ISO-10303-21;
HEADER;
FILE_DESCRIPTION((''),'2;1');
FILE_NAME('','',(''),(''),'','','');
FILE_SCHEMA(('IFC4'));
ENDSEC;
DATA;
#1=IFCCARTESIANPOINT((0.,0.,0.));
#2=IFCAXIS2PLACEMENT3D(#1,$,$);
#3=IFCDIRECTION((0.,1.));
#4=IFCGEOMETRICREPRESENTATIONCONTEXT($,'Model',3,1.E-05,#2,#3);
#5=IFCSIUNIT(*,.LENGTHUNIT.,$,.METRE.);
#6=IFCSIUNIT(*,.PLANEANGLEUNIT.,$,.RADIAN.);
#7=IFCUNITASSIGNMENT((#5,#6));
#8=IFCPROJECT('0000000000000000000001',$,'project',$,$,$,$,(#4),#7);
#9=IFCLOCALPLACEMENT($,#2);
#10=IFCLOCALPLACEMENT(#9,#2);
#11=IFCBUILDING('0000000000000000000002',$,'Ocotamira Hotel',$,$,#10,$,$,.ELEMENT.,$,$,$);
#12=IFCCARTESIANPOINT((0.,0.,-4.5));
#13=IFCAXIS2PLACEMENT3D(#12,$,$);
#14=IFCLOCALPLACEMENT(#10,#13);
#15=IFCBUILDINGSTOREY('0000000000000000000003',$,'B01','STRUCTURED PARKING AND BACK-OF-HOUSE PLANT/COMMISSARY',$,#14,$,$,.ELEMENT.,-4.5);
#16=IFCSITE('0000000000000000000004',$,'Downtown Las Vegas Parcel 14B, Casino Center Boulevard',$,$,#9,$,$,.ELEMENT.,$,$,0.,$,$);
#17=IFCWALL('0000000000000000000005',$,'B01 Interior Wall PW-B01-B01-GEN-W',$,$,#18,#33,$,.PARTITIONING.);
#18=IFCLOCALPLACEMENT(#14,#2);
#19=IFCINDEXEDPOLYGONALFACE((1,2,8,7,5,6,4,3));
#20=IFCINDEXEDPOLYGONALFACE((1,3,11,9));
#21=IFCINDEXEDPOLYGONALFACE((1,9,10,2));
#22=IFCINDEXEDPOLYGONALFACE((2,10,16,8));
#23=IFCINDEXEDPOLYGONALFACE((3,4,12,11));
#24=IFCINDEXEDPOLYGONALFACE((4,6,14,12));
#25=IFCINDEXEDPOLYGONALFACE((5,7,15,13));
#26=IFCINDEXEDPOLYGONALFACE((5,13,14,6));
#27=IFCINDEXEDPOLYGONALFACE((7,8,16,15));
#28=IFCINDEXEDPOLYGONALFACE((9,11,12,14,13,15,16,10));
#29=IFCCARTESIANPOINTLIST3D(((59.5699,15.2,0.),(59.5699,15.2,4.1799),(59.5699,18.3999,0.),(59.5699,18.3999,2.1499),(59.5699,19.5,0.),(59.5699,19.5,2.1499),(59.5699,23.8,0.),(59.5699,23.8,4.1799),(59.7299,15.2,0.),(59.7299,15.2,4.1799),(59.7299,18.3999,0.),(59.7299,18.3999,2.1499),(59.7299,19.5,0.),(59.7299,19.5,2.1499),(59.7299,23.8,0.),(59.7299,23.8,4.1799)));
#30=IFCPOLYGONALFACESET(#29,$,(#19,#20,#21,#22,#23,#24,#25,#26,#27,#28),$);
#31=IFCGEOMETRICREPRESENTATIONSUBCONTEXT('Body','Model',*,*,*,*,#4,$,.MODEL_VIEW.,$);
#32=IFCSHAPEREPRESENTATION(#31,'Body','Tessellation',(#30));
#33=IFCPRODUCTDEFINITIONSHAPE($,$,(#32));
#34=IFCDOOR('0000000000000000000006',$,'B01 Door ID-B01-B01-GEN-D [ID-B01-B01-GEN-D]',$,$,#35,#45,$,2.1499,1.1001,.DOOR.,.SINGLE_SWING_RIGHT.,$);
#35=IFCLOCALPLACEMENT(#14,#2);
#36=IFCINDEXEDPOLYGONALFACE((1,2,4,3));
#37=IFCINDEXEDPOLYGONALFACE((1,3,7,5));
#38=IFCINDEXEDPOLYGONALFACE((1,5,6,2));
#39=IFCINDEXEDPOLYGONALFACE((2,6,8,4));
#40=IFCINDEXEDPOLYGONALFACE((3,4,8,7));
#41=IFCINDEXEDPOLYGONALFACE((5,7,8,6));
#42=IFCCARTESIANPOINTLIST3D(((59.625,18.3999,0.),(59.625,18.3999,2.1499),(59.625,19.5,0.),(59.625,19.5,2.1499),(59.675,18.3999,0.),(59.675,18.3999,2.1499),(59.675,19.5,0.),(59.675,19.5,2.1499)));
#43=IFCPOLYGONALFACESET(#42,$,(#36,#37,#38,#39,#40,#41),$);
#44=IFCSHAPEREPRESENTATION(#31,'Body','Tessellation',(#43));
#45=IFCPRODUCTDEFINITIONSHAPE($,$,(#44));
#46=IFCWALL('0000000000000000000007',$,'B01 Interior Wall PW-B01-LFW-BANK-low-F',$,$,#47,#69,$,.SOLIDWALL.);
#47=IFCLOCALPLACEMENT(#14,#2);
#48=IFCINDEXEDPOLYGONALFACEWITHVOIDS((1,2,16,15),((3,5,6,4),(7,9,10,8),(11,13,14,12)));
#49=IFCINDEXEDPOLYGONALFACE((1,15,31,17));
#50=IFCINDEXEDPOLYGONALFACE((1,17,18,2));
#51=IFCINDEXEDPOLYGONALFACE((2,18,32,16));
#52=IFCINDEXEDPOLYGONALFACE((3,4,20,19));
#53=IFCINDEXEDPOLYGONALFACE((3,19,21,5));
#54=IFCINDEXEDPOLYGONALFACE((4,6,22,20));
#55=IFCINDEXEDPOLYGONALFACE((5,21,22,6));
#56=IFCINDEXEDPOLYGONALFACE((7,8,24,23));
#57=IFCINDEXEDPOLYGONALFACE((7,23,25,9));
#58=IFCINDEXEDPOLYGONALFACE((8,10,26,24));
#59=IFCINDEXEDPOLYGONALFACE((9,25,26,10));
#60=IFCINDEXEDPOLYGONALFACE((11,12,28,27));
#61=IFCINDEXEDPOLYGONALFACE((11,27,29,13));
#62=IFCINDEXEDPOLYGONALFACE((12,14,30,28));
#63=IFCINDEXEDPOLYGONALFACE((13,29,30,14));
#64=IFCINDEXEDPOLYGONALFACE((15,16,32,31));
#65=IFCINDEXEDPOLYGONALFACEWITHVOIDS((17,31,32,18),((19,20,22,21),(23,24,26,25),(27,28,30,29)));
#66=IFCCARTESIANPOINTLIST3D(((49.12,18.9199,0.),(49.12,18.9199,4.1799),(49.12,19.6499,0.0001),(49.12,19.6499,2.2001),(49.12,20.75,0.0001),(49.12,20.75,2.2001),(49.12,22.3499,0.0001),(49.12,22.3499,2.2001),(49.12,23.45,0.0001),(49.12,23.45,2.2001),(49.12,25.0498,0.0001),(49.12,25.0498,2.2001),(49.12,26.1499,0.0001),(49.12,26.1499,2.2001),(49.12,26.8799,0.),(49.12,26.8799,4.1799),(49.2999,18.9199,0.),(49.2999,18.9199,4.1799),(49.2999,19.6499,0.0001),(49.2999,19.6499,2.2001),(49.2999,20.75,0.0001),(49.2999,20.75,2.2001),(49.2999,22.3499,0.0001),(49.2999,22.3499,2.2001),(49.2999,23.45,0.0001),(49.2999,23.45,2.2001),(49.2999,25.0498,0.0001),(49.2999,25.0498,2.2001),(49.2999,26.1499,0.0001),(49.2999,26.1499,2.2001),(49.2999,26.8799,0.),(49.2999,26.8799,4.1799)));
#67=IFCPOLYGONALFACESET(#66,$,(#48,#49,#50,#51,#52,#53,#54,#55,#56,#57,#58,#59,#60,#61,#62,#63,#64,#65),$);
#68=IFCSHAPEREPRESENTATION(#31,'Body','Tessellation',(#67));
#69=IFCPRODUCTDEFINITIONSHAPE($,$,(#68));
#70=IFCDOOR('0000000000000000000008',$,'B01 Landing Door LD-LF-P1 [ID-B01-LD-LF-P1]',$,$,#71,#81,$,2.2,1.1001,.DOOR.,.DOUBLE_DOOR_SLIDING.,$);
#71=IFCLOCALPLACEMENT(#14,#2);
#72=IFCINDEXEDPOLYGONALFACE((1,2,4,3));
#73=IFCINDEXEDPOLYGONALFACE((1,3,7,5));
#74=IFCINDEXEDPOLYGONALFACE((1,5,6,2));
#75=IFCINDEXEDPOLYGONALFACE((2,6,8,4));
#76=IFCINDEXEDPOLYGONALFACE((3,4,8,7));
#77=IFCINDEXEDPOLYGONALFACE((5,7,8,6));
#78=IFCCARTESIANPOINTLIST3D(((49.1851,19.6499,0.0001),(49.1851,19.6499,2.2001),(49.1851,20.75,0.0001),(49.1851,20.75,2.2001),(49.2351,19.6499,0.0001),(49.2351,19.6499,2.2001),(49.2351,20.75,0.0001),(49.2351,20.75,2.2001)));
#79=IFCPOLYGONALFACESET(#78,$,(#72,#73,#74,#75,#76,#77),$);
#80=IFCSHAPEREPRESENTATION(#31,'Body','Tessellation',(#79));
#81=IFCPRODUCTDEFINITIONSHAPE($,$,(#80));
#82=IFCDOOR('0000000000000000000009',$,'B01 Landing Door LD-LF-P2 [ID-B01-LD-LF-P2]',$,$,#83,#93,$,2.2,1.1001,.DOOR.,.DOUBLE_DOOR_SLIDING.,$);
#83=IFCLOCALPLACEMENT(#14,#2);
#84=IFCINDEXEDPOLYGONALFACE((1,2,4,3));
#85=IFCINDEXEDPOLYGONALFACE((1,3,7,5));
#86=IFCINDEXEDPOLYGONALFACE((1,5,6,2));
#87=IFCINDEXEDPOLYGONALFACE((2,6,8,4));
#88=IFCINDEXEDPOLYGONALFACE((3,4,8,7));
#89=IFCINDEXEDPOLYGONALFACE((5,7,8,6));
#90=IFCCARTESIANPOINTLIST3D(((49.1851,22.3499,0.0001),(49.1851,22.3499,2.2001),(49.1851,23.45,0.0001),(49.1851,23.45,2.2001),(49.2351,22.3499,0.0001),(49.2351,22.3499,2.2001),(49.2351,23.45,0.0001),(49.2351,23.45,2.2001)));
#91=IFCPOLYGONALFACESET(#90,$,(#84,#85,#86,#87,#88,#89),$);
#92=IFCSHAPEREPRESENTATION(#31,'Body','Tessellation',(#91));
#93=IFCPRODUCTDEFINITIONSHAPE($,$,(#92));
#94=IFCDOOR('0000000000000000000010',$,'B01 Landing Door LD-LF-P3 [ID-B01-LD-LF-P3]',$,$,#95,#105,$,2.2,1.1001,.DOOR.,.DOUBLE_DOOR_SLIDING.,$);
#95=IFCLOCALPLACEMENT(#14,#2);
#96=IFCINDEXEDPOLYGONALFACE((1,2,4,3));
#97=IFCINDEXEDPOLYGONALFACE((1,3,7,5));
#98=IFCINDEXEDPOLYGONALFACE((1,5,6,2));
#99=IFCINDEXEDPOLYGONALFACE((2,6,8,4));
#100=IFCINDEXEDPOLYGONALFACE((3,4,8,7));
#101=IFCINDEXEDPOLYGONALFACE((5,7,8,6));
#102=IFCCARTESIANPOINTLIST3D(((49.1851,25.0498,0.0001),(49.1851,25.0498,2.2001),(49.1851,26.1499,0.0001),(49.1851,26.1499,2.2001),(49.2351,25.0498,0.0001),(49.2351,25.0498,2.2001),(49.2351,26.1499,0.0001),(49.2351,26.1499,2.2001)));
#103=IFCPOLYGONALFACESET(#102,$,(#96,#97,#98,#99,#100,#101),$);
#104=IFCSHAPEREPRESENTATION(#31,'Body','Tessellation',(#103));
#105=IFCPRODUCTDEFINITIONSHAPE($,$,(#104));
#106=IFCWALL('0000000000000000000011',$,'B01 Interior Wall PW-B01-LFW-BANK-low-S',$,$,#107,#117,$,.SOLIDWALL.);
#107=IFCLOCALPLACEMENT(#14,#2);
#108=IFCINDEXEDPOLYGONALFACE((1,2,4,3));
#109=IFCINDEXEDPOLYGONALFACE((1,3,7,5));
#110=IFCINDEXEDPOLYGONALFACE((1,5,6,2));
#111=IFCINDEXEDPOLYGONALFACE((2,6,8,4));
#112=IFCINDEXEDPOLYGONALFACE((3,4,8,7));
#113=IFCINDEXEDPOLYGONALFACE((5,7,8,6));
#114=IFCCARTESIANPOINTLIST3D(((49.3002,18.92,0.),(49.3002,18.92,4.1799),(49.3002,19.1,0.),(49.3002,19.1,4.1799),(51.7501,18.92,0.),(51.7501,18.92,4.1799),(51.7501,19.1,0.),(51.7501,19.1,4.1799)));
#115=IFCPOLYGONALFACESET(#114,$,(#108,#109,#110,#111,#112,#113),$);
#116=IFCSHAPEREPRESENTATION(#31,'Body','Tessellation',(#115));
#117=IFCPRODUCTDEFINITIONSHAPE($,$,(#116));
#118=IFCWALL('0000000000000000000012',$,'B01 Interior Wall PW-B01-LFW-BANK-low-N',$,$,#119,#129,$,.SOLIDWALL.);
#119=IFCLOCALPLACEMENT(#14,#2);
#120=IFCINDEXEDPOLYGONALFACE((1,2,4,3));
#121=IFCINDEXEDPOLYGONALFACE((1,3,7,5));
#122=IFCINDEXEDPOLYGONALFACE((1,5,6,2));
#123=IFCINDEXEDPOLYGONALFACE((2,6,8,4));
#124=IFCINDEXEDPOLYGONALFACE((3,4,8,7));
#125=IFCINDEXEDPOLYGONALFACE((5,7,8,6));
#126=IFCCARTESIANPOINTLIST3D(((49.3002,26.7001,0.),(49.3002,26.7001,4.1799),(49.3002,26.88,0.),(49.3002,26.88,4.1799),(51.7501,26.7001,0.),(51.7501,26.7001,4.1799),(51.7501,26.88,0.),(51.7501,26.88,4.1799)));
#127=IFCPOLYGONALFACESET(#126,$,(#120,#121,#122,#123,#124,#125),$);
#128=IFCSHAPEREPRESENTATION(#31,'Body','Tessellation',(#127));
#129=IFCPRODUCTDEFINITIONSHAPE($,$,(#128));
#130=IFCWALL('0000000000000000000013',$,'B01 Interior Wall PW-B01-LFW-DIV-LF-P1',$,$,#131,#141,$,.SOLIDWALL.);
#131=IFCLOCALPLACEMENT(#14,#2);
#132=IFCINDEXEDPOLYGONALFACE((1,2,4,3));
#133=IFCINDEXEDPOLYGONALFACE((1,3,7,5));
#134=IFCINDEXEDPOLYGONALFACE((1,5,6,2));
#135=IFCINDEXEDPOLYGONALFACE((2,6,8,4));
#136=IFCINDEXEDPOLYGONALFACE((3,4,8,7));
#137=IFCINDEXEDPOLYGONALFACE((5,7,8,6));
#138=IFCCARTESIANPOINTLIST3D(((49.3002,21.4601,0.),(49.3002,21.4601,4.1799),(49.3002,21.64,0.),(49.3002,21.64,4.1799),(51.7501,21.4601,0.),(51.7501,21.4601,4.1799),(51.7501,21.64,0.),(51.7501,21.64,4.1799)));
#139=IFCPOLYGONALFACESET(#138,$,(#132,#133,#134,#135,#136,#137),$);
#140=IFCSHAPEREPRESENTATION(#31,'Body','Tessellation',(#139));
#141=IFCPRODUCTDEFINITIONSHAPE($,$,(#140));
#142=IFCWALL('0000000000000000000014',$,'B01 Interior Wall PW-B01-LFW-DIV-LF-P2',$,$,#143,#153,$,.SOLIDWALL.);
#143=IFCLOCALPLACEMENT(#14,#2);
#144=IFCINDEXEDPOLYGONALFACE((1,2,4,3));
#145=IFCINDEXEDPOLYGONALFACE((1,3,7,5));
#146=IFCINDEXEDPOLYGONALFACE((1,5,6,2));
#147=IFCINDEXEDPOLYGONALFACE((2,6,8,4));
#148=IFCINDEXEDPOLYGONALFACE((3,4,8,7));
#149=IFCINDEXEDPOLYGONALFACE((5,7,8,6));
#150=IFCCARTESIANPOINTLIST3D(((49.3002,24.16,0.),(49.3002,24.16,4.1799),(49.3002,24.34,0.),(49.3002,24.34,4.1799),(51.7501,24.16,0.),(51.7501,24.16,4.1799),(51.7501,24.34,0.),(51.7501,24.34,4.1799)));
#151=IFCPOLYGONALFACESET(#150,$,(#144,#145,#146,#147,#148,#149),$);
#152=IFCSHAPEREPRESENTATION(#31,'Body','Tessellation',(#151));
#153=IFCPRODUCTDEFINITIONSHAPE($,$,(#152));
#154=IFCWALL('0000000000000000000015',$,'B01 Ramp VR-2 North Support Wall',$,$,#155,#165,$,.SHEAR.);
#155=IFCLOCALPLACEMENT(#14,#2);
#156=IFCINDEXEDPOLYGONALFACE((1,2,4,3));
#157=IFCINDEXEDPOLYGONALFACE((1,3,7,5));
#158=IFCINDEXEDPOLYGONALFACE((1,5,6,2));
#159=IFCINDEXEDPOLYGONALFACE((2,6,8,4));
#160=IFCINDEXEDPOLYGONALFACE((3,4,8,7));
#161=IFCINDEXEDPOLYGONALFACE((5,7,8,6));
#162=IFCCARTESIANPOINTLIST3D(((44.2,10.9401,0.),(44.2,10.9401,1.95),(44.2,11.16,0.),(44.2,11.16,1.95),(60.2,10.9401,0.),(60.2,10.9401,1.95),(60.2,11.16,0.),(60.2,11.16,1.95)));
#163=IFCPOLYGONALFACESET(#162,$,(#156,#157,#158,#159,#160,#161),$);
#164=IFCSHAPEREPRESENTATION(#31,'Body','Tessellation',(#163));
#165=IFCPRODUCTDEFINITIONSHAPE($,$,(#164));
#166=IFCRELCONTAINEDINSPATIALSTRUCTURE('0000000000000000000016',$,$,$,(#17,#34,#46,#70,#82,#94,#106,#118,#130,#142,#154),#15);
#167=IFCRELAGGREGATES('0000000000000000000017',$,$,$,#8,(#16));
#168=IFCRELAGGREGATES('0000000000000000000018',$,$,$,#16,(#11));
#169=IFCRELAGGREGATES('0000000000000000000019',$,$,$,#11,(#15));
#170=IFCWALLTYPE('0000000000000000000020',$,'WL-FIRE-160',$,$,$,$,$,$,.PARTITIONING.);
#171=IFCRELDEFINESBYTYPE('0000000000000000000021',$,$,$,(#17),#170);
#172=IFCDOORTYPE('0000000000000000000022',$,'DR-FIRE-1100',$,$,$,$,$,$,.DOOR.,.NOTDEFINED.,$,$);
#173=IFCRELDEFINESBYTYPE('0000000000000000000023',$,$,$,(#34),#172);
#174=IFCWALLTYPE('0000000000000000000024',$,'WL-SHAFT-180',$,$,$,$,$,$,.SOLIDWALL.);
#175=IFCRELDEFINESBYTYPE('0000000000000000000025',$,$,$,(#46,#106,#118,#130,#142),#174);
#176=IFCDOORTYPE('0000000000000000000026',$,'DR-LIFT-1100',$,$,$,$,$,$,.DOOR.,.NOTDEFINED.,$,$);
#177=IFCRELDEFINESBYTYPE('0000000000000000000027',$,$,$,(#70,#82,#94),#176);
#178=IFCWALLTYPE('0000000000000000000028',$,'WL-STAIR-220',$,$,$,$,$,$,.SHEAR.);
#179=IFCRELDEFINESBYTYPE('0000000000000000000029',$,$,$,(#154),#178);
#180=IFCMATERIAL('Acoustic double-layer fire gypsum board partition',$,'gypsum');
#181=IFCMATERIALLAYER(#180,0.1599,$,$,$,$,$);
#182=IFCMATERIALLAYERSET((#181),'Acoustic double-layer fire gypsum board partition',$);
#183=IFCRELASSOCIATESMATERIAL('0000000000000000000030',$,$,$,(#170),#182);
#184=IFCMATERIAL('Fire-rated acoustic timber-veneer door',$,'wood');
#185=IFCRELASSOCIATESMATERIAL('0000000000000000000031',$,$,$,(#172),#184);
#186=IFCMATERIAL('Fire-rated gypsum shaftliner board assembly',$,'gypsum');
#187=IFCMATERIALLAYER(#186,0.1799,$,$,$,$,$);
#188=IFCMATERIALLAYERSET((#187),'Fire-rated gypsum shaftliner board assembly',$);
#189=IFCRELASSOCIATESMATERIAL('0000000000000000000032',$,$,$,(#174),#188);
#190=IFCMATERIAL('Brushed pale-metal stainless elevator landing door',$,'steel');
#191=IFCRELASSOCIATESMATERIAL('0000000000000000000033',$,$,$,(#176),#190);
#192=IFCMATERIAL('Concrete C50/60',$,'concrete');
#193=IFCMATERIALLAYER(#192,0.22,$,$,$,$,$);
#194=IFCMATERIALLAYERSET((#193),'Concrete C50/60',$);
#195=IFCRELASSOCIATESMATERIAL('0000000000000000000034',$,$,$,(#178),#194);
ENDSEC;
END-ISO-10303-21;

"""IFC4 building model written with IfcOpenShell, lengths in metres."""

from ifc_helpers import new_model, si_unit, direction, frame, frame_2d, origin, place, context, subcontext, project, spatial, rectangle, extrude, source, transform, mapped, material, layer, layer_set, type_object, element, fill, save


model = new_model("IFC4")

# Units and contexts
model_context = context("Model", 3, precision=1e-05, world=origin(), true_north=direction((0.0, 1.0)))
body_context = subcontext(model_context, "Body", "Model", "MODEL_VIEW")
ifc_project = project(units=[si_unit("LENGTHUNIT", "METRE"), si_unit("PLANEANGLEUNIT", "RADIAN")], contexts=[model_context])

# Site, building, storey
site_placement = place(None, origin())
site = spatial("IfcSite", under=ifc_project, at=site_placement, Name="Downtown Las Vegas Parcel 14B, Casino Center Boulevard", CompositionType="ELEMENT", RefElevation=0.0)
building_placement = place(site_placement, origin())
building = spatial("IfcBuilding", under=site, at=building_placement, Name="Ocotamira Hotel", CompositionType="ELEMENT")
storey_placement = place(building_placement, frame((0.0, 0.0, -4.5)))
storey = spatial("IfcBuildingStorey", under=building, at=storey_placement, Name="B01", Description="STRUCTURED PARKING AND BACK-OF-HOUSE PLANT/COMMISSARY", CompositionType="ELEMENT", Elevation=-4.5)

# Shared definitions
ifc_material_1 = material(Name="Acoustic double-layer fire gypsum board partition", Category="gypsum")
ifc_layer_1 = layer(ifc_material_1, 0.1599)
ifc_layer_set_1 = layer_set([ifc_layer_1], Name="Acoustic double-layer fire gypsum board partition")
wall_type_1 = type_object("IfcWallType", Name="WL-FIRE-160", PredefinedType="PARTITIONING", material=ifc_layer_set_1)

# Wall, opening, door
wall_1_placement = place(storey_placement, frame((59.6499, 15.2, 0.0), z_axis=(0.0, 0.0, 1.0), x_axis=(0.0, 1.0, 0.0)))
wall_1 = element("IfcWall", 1, at=wall_1_placement, inside=storey, type_object=wall_type_1, Name="B01 Interior Wall PW-B01-B01-GEN-W", PredefinedType="PARTITIONING", context=body_context, shape_type="SweptSolid", body=[
    extrude(rectangle(XDim=8.6001, YDim=0.1599, at=frame_2d((4.3, 0.0))), origin(), (0.0, 0.0, 1.0), 4.1799),
])
opening_1_placement = place(wall_1_placement, frame((3.2, 0.0, 0.0)))
opening_1 = element("IfcOpeningElement", 2, at=opening_1_placement, cuts=wall_1, PredefinedType="OPENING", context=body_context, shape_type="SweptSolid", body=[
    extrude(rectangle(XDim=1.1001, YDim=2.1499, at=frame_2d((0.55, 1.075))), frame((0.0, 0.0898, 0.0), z_axis=(0.0, -1.0, 0.0), x_axis=(1.0, 0.0, 0.0)), (0.0, 0.0, 1.0), 0.1799),
])
ifc_material_2 = material(Name="Fire-rated acoustic timber-veneer door", Category="wood")
door_type_1 = type_object("IfcDoorType", Name="DR-FIRE-1100", OperationType="NOTDEFINED", PredefinedType="DOOR", material=ifc_material_2)
shared_shape_1 = source(origin(), body_context, "Body", "SweptSolid", [
    extrude(rectangle(XDim=1.1001, YDim=2.1499, at=frame_2d((0.55, 1.075))), frame((0.0, 0.0249, 0.0), z_axis=(0.0, -1.0, 0.0), x_axis=(1.0, 0.0, 0.0)), (0.0, 0.0, 1.0), 0.05),
])
door_1_placement = place(opening_1_placement, origin())
door_1 = element("IfcDoor", 3, at=door_1_placement, inside=storey, type_object=door_type_1, Name="B01 Door ID-B01-B01-GEN-D [ID-B01-B01-GEN-D]", OperationType="SINGLE_SWING_RIGHT", OverallHeight=2.1499, OverallWidth=1.1001, PredefinedType="DOOR", context=body_context, shape_type="MappedRepresentation", body=[
    mapped(shared_shape_1, transform((0.0, 0.0, 0.0), scale=1.0)),
])
fill(opening_1, door_1)

# Wall, openings, doors
ifc_material_3 = material(Name="Fire-rated gypsum shaftliner board assembly", Category="gypsum")
ifc_layer_2 = layer(ifc_material_3, 0.1799)
ifc_layer_set_2 = layer_set([ifc_layer_2], Name="Fire-rated gypsum shaftliner board assembly")
wall_type_2 = type_object("IfcWallType", Name="WL-SHAFT-180", PredefinedType="SOLIDWALL", material=ifc_layer_set_2)
wall_2_placement = place(storey_placement, frame((49.21, 18.9199, 0.0), z_axis=(0.0, 0.0, 1.0), x_axis=(0.0, 1.0, 0.0)))
wall_2 = element("IfcWall", 4, at=wall_2_placement, inside=storey, type_object=wall_type_2, Name="B01 Interior Wall PW-B01-LFW-BANK-low-F", PredefinedType="SOLIDWALL", context=body_context, shape_type="SweptSolid", body=[
    extrude(rectangle(XDim=7.96, YDim=0.1799, at=frame_2d((3.98, 0.0))), origin(), (0.0, 0.0, 1.0), 4.1799),
])
opening_2_placement = place(wall_2_placement, frame((0.73, 0.0, 0.0)))
opening_2 = element("IfcOpeningElement", 5, at=opening_2_placement, cuts=wall_2, PredefinedType="OPENING", context=body_context, shape_type="SweptSolid", body=[
    extrude(rectangle(XDim=1.1001, YDim=2.2, at=frame_2d((0.55, 1.1001))), frame((0.0, 0.1001, 0.0), z_axis=(0.0, -1.0, 0.0), x_axis=(1.0, 0.0, 0.0)), (0.0, 0.0, 1.0), 0.2),
])
opening_3_placement = place(wall_2_placement, frame((3.4299, 0.0, 0.0)))
opening_3 = element("IfcOpeningElement", 6, at=opening_3_placement, cuts=wall_2, PredefinedType="OPENING", context=body_context, shape_type="SweptSolid", body=[
    extrude(rectangle(XDim=1.1001, YDim=2.2, at=frame_2d((0.55, 1.1001))), frame((0.0, 0.1001, 0.0), z_axis=(0.0, -1.0, 0.0), x_axis=(1.0, 0.0, 0.0)), (0.0, 0.0, 1.0), 0.2),
])
opening_4_placement = place(wall_2_placement, frame((6.1299, 0.0, 0.0)))
opening_4 = element("IfcOpeningElement", 7, at=opening_4_placement, cuts=wall_2, PredefinedType="OPENING", context=body_context, shape_type="SweptSolid", body=[
    extrude(rectangle(XDim=1.1001, YDim=2.2, at=frame_2d((0.55, 1.1001))), frame((0.0, 0.1001, 0.0), z_axis=(0.0, -1.0, 0.0), x_axis=(1.0, 0.0, 0.0)), (0.0, 0.0, 1.0), 0.2),
])
ifc_material_4 = material(Name="Brushed pale-metal stainless elevator landing door", Category="steel")
door_type_2 = type_object("IfcDoorType", Name="DR-LIFT-1100", OperationType="NOTDEFINED", PredefinedType="DOOR", material=ifc_material_4)
shared_shape_2 = source(origin(), body_context, "Body", "SweptSolid", [
    extrude(rectangle(XDim=1.1001, YDim=2.2, at=frame_2d((0.55, 1.1001))), frame((0.0, 0.0249, 0.0), z_axis=(0.0, -1.0, 0.0), x_axis=(1.0, 0.0, 0.0)), (0.0, 0.0, 1.0), 0.05),
])
door_2_placement = place(opening_2_placement, origin())
door_2 = element("IfcDoor", 8, at=door_2_placement, inside=storey, type_object=door_type_2, Name="B01 Landing Door LD-LF-P1 [ID-B01-LD-LF-P1]", OperationType="DOUBLE_DOOR_SLIDING", OverallHeight=2.2, OverallWidth=1.1001, PredefinedType="DOOR", context=body_context, shape_type="MappedRepresentation", body=[
    mapped(shared_shape_2, transform((0.0, 0.0, 0.0), scale=1.0)),
])
fill(opening_2, door_2)
door_3_placement = place(opening_3_placement, origin())
door_3 = element("IfcDoor", 9, at=door_3_placement, inside=storey, type_object=door_type_2, Name="B01 Landing Door LD-LF-P2 [ID-B01-LD-LF-P2]", OperationType="DOUBLE_DOOR_SLIDING", OverallHeight=2.2, OverallWidth=1.1001, PredefinedType="DOOR", context=body_context, shape_type="MappedRepresentation", body=[
    mapped(shared_shape_2, transform((0.0, 0.0, 0.0), scale=1.0)),
])
fill(opening_3, door_3)
door_4_placement = place(opening_4_placement, origin())
door_4 = element("IfcDoor", 10, at=door_4_placement, inside=storey, type_object=door_type_2, Name="B01 Landing Door LD-LF-P3 [ID-B01-LD-LF-P3]", OperationType="DOUBLE_DOOR_SLIDING", OverallHeight=2.2, OverallWidth=1.1001, PredefinedType="DOOR", context=body_context, shape_type="MappedRepresentation", body=[
    mapped(shared_shape_2, transform((0.0, 0.0, 0.0), scale=1.0)),
])
fill(opening_4, door_4)

# Walls
for number, where, z_axis, x_axis, name in (
    (11, (49.3, 19.01, 0.0), (0.0, 0.0, 1.0), (1.0, 0.0, 0.0), "B01 Interior Wall PW-B01-LFW-BANK-low-S"),
    (12, (49.3, 26.79, 0.0), (0.0, 0.0, 1.0), (1.0, 0.0, 0.0), "B01 Interior Wall PW-B01-LFW-BANK-low-N"),
    (13, (49.3, 21.55, 0.0), (0.0, 0.0, 1.0), (1.0, 0.0, 0.0), "B01 Interior Wall PW-B01-LFW-DIV-LF-P1"),
    (14, (49.3, 24.25, 0.0), (0.0, 0.0, 1.0), (1.0, 0.0, 0.0), "B01 Interior Wall PW-B01-LFW-DIV-LF-P2"),
):
    element("IfcWall", number, at=place(storey_placement, frame(where, z_axis=z_axis, x_axis=x_axis)), inside=storey, type_object=wall_type_2, Name=name, PredefinedType="SOLIDWALL", context=body_context, shape_type="SweptSolid", body=[
        extrude(rectangle(XDim=2.45, YDim=0.1799, at=frame_2d((1.2251, 0.0))), origin(), (0.0, 0.0, 1.0), 4.1799),
    ])
ifc_material_5 = material(Name="Concrete C50/60", Category="concrete")
ifc_layer_3 = layer(ifc_material_5, 0.22)
ifc_layer_set_3 = layer_set([ifc_layer_3], Name="Concrete C50/60")
wall_type_3 = type_object("IfcWallType", Name="WL-STAIR-220", PredefinedType="SHEAR", material=ifc_layer_set_3)
wall_3_placement = place(storey_placement, frame((44.2, 11.05, 0.0), z_axis=(0.0, 0.0, 1.0), x_axis=(1.0, 0.0, 0.0)))
element("IfcWall", 15, at=wall_3_placement, inside=storey, type_object=wall_type_3, Name="B01 Ramp VR-2 North Support Wall", PredefinedType="SHEAR", context=body_context, shape_type="SweptSolid", body=[
    extrude(rectangle(XDim=16.0, YDim=0.22, at=frame_2d((8.0, 0.0))), origin(), (0.0, 0.0, 1.0), 1.95),
])

save(model, "model.ifc")
